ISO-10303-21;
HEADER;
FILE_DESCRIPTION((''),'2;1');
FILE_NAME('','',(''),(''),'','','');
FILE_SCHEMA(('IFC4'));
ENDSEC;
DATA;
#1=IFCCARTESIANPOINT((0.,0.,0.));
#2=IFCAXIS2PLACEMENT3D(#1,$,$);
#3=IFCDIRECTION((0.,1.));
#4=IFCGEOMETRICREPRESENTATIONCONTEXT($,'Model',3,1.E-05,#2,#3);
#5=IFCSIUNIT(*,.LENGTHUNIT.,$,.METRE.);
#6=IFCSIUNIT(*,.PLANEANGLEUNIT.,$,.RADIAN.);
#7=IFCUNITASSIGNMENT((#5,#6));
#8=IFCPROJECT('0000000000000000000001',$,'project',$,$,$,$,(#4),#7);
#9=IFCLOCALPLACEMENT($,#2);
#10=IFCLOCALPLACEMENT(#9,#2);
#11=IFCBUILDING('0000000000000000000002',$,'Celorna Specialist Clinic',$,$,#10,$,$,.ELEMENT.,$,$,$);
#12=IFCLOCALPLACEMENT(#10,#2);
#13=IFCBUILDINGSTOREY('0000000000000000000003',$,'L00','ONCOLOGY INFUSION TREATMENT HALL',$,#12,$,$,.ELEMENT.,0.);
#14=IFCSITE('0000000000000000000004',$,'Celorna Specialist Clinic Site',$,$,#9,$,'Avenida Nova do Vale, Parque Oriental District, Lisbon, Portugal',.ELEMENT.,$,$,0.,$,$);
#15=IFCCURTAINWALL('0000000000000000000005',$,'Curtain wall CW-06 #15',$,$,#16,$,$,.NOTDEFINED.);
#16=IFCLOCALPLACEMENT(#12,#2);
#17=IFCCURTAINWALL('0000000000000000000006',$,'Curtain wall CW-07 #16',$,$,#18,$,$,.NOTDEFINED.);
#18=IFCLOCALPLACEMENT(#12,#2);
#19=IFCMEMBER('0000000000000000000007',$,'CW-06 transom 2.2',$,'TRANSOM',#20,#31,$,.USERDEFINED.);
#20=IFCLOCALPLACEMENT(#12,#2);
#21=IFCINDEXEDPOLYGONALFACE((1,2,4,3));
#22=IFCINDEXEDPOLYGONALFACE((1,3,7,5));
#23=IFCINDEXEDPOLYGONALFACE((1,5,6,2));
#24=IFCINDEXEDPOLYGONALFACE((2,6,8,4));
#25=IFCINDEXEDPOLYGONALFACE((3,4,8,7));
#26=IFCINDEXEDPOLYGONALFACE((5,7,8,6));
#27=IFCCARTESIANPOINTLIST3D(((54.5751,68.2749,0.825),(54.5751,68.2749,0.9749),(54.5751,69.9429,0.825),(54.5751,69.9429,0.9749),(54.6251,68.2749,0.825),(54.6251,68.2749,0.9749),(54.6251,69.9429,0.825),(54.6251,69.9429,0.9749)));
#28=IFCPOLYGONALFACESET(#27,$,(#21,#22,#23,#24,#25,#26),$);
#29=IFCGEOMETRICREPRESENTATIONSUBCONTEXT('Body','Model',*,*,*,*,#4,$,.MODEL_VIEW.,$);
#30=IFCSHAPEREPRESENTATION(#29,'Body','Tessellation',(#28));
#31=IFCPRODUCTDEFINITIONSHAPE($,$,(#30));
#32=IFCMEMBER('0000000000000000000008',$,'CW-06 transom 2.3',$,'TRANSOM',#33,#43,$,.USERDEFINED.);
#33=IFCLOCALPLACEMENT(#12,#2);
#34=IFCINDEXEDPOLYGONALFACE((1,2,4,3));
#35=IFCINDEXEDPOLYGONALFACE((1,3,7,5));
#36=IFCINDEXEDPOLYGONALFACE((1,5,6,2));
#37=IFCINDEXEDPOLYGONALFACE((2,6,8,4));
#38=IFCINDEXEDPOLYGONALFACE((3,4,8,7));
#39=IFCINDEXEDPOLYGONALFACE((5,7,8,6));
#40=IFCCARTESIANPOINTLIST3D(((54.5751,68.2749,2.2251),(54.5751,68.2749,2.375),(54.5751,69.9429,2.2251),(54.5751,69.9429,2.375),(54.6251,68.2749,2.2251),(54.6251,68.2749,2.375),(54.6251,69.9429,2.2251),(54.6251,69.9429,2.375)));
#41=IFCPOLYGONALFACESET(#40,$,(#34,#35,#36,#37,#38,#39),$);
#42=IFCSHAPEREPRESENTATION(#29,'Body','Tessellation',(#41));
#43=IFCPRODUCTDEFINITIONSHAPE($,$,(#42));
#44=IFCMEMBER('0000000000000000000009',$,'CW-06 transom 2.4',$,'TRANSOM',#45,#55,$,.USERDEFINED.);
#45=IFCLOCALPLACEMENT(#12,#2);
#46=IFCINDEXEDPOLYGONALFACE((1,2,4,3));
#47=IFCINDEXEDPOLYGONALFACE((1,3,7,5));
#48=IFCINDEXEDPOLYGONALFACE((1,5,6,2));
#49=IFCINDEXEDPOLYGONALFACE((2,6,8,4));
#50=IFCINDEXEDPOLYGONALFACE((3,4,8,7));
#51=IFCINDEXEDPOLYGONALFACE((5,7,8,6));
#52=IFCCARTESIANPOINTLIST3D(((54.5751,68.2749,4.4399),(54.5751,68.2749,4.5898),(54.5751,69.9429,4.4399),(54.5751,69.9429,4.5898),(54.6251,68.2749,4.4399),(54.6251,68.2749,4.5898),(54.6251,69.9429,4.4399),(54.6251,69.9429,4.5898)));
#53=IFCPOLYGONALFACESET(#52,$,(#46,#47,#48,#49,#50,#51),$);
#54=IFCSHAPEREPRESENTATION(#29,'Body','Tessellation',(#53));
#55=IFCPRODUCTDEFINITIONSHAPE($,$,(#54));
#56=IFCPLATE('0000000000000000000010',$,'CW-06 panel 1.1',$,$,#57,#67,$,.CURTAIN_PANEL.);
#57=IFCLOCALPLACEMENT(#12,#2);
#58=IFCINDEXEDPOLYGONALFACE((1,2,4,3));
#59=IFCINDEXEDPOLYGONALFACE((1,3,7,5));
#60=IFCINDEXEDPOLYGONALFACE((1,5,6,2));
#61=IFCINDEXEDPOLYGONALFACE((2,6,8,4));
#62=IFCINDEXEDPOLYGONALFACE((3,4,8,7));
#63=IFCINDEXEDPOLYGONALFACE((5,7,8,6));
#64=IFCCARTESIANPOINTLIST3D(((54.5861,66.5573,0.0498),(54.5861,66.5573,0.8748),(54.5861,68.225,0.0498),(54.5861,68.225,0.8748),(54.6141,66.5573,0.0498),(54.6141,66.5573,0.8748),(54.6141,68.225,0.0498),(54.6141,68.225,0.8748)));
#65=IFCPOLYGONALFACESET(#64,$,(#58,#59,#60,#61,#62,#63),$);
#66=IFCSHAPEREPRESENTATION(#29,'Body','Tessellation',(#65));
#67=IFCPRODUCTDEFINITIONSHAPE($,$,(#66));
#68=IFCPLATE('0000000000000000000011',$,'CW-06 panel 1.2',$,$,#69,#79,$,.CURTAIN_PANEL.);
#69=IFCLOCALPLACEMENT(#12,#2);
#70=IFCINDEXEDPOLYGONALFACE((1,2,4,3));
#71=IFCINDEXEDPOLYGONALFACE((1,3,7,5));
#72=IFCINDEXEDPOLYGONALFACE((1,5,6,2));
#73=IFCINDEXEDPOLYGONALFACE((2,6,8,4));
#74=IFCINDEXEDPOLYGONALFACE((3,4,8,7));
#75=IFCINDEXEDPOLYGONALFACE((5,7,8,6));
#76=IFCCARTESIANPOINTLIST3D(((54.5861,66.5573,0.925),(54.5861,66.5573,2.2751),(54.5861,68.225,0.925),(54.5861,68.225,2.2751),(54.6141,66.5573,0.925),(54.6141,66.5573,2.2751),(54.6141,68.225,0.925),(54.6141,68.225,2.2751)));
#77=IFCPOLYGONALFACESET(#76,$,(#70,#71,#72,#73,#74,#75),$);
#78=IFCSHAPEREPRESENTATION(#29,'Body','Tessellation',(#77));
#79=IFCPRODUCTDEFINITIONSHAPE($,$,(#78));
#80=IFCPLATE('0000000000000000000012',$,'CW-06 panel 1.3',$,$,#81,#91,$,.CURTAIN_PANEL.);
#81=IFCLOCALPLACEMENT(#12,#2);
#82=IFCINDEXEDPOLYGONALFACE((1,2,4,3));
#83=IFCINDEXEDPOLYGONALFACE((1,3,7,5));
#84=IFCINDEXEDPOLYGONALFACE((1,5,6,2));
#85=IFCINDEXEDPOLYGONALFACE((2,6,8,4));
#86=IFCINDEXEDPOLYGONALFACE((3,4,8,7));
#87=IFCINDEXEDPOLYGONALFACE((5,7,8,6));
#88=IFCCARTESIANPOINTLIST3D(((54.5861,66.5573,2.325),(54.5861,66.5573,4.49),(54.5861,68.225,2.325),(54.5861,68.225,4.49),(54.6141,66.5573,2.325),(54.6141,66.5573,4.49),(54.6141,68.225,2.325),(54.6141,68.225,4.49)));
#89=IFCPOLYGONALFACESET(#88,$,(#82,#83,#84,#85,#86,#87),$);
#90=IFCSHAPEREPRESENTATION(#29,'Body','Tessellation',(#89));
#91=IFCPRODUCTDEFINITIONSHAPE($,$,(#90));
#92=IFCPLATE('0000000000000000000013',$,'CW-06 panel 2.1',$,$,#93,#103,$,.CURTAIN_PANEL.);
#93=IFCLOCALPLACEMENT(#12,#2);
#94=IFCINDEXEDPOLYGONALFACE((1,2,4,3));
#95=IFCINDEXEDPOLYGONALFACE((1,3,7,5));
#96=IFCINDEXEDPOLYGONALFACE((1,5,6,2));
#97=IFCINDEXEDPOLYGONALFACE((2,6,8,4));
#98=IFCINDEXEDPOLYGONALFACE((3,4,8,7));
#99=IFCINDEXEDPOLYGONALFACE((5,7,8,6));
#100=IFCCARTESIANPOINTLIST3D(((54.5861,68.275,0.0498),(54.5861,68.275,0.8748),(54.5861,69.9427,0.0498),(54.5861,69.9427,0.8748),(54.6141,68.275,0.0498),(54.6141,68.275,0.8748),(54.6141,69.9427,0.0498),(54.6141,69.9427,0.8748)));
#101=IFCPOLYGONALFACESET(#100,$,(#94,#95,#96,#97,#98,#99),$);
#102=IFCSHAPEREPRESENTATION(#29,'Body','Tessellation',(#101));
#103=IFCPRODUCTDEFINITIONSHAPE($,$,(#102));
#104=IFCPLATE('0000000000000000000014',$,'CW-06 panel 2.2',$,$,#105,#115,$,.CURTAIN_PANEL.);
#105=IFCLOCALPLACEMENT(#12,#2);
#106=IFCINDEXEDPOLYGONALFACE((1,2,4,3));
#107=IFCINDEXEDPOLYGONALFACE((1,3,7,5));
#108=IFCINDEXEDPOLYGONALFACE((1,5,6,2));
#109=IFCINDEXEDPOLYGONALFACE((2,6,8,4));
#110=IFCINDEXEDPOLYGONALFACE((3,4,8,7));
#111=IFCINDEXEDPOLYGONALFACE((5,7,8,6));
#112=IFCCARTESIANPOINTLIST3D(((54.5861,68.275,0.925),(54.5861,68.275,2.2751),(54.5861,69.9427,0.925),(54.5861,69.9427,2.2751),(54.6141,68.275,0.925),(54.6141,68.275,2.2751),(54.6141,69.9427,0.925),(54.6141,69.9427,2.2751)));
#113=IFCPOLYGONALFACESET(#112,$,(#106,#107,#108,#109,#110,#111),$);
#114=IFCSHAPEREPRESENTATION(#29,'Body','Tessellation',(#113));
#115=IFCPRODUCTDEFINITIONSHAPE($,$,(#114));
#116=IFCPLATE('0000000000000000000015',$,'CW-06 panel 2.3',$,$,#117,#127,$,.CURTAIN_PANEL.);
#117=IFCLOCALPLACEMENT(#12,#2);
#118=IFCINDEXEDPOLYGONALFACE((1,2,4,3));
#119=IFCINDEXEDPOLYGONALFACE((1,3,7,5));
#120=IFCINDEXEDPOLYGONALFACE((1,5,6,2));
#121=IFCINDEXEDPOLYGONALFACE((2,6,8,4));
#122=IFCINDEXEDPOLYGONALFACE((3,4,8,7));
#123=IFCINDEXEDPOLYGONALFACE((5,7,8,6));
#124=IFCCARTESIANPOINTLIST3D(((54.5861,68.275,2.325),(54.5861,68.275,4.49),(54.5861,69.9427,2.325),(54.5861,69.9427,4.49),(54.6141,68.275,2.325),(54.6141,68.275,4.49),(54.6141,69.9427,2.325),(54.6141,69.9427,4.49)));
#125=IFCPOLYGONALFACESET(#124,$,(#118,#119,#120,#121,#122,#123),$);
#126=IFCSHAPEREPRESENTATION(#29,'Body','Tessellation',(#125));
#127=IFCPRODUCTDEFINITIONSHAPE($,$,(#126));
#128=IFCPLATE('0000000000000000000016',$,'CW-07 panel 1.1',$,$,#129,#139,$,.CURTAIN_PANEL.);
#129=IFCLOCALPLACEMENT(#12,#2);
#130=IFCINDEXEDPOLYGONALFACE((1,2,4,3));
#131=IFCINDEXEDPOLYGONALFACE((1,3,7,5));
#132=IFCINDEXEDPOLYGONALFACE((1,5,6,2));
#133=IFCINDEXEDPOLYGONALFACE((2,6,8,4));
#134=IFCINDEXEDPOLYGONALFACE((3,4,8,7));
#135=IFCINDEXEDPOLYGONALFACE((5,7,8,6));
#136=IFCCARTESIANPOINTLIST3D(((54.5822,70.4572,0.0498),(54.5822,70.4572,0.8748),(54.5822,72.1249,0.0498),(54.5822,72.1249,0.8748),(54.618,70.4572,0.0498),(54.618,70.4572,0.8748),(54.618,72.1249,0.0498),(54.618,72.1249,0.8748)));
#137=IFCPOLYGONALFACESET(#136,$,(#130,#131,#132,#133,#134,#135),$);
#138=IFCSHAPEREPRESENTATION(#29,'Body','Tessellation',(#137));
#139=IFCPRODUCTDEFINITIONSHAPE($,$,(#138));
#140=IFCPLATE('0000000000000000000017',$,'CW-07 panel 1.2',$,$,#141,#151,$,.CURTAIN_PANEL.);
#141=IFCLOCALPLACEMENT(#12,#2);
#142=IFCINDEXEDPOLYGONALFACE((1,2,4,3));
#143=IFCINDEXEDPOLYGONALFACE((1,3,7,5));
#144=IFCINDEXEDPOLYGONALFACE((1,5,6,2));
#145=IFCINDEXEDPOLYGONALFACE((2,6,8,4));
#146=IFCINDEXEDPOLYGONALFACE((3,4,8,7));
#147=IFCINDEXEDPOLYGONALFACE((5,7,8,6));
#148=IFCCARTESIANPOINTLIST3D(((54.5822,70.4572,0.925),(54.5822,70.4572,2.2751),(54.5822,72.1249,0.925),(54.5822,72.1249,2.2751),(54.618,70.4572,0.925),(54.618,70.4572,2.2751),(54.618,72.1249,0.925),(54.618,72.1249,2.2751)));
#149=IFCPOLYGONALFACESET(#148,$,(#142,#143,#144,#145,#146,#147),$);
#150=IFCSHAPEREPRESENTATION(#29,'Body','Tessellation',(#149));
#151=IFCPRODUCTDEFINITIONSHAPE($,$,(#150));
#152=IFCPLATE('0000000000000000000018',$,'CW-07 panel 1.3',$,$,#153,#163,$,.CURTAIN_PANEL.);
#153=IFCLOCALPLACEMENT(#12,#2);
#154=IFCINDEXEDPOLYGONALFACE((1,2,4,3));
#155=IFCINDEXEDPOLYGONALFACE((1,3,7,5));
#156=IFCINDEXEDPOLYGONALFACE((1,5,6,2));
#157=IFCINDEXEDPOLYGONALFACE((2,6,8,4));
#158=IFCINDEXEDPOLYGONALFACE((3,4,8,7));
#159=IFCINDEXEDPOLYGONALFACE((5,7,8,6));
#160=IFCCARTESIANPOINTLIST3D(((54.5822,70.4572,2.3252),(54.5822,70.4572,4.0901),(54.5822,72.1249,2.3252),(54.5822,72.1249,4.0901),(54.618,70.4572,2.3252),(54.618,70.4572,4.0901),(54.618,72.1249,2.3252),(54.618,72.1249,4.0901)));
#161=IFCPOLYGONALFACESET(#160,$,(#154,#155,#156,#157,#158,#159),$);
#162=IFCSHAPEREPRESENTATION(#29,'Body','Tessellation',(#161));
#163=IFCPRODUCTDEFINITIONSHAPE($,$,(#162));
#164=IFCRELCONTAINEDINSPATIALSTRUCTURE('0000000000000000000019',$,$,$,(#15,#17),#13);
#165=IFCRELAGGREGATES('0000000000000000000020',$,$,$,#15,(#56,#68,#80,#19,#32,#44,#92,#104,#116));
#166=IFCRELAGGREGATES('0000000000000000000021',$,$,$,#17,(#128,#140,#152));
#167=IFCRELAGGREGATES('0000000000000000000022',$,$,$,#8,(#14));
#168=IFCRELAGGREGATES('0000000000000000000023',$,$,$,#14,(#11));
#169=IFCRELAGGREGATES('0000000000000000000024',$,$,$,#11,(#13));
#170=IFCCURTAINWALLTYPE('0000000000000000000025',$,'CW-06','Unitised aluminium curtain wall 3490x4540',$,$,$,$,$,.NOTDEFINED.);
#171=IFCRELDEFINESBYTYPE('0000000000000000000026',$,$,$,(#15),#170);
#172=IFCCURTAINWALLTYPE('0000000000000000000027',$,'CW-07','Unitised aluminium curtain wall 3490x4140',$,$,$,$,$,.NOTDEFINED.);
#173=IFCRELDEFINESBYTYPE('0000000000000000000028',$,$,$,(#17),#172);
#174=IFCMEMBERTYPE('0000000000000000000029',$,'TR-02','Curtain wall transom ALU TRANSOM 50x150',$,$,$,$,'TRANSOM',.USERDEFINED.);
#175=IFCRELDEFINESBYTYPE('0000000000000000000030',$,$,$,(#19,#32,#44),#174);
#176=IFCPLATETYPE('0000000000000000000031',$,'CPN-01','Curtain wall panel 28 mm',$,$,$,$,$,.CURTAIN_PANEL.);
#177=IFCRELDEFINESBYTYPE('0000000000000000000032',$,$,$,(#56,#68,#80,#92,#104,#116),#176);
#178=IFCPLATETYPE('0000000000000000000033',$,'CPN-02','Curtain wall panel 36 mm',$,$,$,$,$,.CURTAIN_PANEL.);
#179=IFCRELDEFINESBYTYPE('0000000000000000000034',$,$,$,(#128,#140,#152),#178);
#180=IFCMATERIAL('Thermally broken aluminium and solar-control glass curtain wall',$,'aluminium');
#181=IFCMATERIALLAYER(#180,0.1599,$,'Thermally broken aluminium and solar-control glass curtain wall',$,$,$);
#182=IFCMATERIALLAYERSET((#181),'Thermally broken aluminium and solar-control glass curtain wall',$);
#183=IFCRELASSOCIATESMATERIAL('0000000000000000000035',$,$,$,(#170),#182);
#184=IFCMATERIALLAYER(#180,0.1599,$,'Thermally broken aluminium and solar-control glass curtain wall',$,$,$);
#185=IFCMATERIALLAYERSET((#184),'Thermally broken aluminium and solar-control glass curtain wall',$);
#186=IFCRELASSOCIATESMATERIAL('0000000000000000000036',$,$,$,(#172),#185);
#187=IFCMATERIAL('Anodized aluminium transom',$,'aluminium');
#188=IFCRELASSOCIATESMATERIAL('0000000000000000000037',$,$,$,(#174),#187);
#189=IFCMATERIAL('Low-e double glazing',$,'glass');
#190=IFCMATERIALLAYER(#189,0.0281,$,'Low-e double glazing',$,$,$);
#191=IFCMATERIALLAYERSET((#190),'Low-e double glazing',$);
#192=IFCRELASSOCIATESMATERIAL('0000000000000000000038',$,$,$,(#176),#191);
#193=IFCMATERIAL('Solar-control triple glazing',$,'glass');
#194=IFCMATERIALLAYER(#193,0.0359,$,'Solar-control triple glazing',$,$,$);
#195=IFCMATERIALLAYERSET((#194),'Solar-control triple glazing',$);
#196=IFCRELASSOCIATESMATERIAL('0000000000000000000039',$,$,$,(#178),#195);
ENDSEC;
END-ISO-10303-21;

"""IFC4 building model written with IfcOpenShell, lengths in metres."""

from ifc_helpers import new_model, si_unit, direction, frame, origin, origin_2d, place, context, subcontext, project, spatial, rectangle, extrude, material, layer, layer_set, material_profile, profile_set, type_object, element, aggregate, save


model = new_model("IFC4")

# Units and contexts
model_context = context("Model", 3, precision=1e-05, world=origin(), true_north=direction((0.0, 1.0)))
body_context = subcontext(model_context, "Body", "Model", "MODEL_VIEW")
ifc_project = project(units=[si_unit("LENGTHUNIT", "METRE"), si_unit("PLANEANGLEUNIT", "RADIAN")], contexts=[model_context])

# Site, building, storey
site_placement = place(None, origin())
site = spatial("IfcSite", under=ifc_project, at=site_placement, Name="Celorna Specialist Clinic Site", LongName="Avenida Nova do Vale, Parque Oriental District, Lisbon, Portugal", CompositionType="ELEMENT", RefElevation=0.0)
building_placement = place(site_placement, origin())
building = spatial("IfcBuilding", under=site, at=building_placement, Name="Celorna Specialist Clinic", CompositionType="ELEMENT")
storey_placement = place(building_placement, origin())
storey = spatial("IfcBuildingStorey", under=building, at=storey_placement, Name="L00", Description="ONCOLOGY INFUSION TREATMENT HALL", CompositionType="ELEMENT", Elevation=0.0)

# Curtain walls
ifc_material_1 = material(Name="Thermally broken aluminium and solar-control glass curtain wall", Category="aluminium")
ifc_layer_1 = layer(ifc_material_1, 0.1599, Name="Thermally broken aluminium and solar-control glass curtain wall")
ifc_layer_set_1 = layer_set([ifc_layer_1], Name="Thermally broken aluminium and solar-control glass curtain wall")
curtain_wall_type_1 = type_object("IfcCurtainWallType", Name="CW-06", Description="Unitised aluminium curtain wall 3490x4540", PredefinedType="NOTDEFINED", material=ifc_layer_set_1)
curtain_wall_1_placement = place(storey_placement, origin())
curtain_wall_1 = element("IfcCurtainWall", 1, at=curtain_wall_1_placement, inside=storey, type_object=curtain_wall_type_1, Name="Curtain wall CW-06 #15", PredefinedType="NOTDEFINED")
ifc_layer_2 = layer(ifc_material_1, 0.1599, Name="Thermally broken aluminium and solar-control glass curtain wall")
ifc_layer_set_2 = layer_set([ifc_layer_2], Name="Thermally broken aluminium and solar-control glass curtain wall")
curtain_wall_type_2 = type_object("IfcCurtainWallType", Name="CW-07", Description="Unitised aluminium curtain wall 3490x4140", PredefinedType="NOTDEFINED", material=ifc_layer_set_2)
curtain_wall_2_placement = place(storey_placement, origin())
curtain_wall_2 = element("IfcCurtainWall", 2, at=curtain_wall_2_placement, inside=storey, type_object=curtain_wall_type_2, Name="Curtain wall CW-07 #16", PredefinedType="NOTDEFINED")
ifc_material_2 = material(Name="Anodized aluminium transom", Category="aluminium")

# Members
ifc_material_profile_1 = material_profile(ifc_material_2, rectangle(XDim=0.05, YDim=0.1499, at=origin_2d()), Name="ALU TRANSOM 50x150")
ifc_profile_set_1 = profile_set([ifc_material_profile_1], Name="Anodized aluminium transom")
member_type_1 = type_object("IfcMemberType", Name="TR-02", Description="Curtain wall transom ALU TRANSOM 50x150", ElementType="TRANSOM", PredefinedType="USERDEFINED", material=ifc_profile_set_1)
member_1_placement = place(storey_placement, frame((54.6001, 68.2749, 0.8999), z_axis=(0.0, 1.0, 0.0), x_axis=(-1.0, 0.0, 0.0)))
member_1 = element("IfcMember", 3, at=member_1_placement, type_object=member_type_1, Name="CW-06 transom 2.2", ObjectType="TRANSOM", PredefinedType="USERDEFINED", context=body_context, shape_type="SweptSolid", body=[
    extrude(rectangle(XDim=0.05, YDim=0.1499, at=origin_2d()), origin(), (0.0, 0.0, 1.0), 1.668),
])
member_2_placement = place(storey_placement, frame((54.6001, 68.2749, 2.3), z_axis=(0.0, 1.0, 0.0), x_axis=(-1.0, 0.0, 0.0)))
member_2 = element("IfcMember", 4, at=member_2_placement, type_object=member_type_1, Name="CW-06 transom 2.3", ObjectType="TRANSOM", PredefinedType="USERDEFINED", context=body_context, shape_type="SweptSolid", body=[
    extrude(rectangle(XDim=0.05, YDim=0.1499, at=origin_2d()), origin(), (0.0, 0.0, 1.0), 1.668),
])
member_3_placement = place(storey_placement, frame((54.6001, 68.2749, 4.5149), z_axis=(0.0, 1.0, 0.0), x_axis=(-1.0, 0.0, 0.0)))
member_3 = element("IfcMember", 5, at=member_3_placement, type_object=member_type_1, Name="CW-06 transom 2.4", ObjectType="TRANSOM", PredefinedType="USERDEFINED", context=body_context, shape_type="SweptSolid", body=[
    extrude(rectangle(XDim=0.05, YDim=0.1499, at=origin_2d()), origin(), (0.0, 0.0, 1.0), 1.668),
])

# Plates
ifc_material_3 = material(Name="Low-e double glazing", Category="glass")
ifc_layer_3 = layer(ifc_material_3, 0.0281, Name="Low-e double glazing")
ifc_layer_set_3 = layer_set([ifc_layer_3], Name="Low-e double glazing")
plate_type_1 = type_object("IfcPlateType", Name="CPN-01", Description="Curtain wall panel 28 mm", PredefinedType="CURTAIN_PANEL", material=ifc_layer_set_3)
plate_1_placement = place(storey_placement, frame((54.6001, 67.3911, 0.0498), z_axis=(0.0, 0.0, 1.0), x_axis=(0.0, 1.0, 0.0)))
plate_1 = element("IfcPlate", 6, at=plate_1_placement, type_object=plate_type_1, Name="CW-06 panel 1.1", PredefinedType="CURTAIN_PANEL", context=body_context, shape_type="SweptSolid", body=[
    extrude(rectangle(XDim=1.6677, YDim=0.0281, at=origin_2d()), origin(), (0.0, 0.0, 1.0), 0.825),
])
plate_2_placement = place(storey_placement, frame((54.6001, 67.3911, 0.925), z_axis=(0.0, 0.0, 1.0), x_axis=(0.0, 1.0, 0.0)))
plate_2 = element("IfcPlate", 7, at=plate_2_placement, type_object=plate_type_1, Name="CW-06 panel 1.2", PredefinedType="CURTAIN_PANEL", context=body_context, shape_type="SweptSolid", body=[
    extrude(rectangle(XDim=1.6677, YDim=0.0281, at=origin_2d()), origin(), (0.0, 0.0, 1.0), 1.3501),
])
plate_3_placement = place(storey_placement, frame((54.6001, 67.3911, 2.325), z_axis=(0.0, 0.0, 1.0), x_axis=(0.0, 1.0, 0.0)))
plate_3 = element("IfcPlate", 8, at=plate_3_placement, type_object=plate_type_1, Name="CW-06 panel 1.3", PredefinedType="CURTAIN_PANEL", context=body_context, shape_type="SweptSolid", body=[
    extrude(rectangle(XDim=1.6677, YDim=0.0281, at=origin_2d()), origin(), (0.0, 0.0, 1.0), 2.165),
])
plate_4_placement = place(storey_placement, frame((54.6001, 69.1089, 0.0498), z_axis=(0.0, 0.0, 1.0), x_axis=(0.0, 1.0, 0.0)))
plate_4 = element("IfcPlate", 9, at=plate_4_placement, type_object=plate_type_1, Name="CW-06 panel 2.1", PredefinedType="CURTAIN_PANEL", context=body_context, shape_type="SweptSolid", body=[
    extrude(rectangle(XDim=1.6677, YDim=0.0281, at=origin_2d()), origin(), (0.0, 0.0, 1.0), 0.825),
])
plate_5_placement = place(storey_placement, frame((54.6001, 69.1089, 0.925), z_axis=(0.0, 0.0, 1.0), x_axis=(0.0, 1.0, 0.0)))
plate_5 = element("IfcPlate", 10, at=plate_5_placement, type_object=plate_type_1, Name="CW-06 panel 2.2", PredefinedType="CURTAIN_PANEL", context=body_context, shape_type="SweptSolid", body=[
    extrude(rectangle(XDim=1.6677, YDim=0.0281, at=origin_2d()), origin(), (0.0, 0.0, 1.0), 1.3501),
])
plate_6_placement = place(storey_placement, frame((54.6001, 69.1089, 2.325), z_axis=(0.0, 0.0, 1.0), x_axis=(0.0, 1.0, 0.0)))
plate_6 = element("IfcPlate", 11, at=plate_6_placement, type_object=plate_type_1, Name="CW-06 panel 2.3", PredefinedType="CURTAIN_PANEL", context=body_context, shape_type="SweptSolid", body=[
    extrude(rectangle(XDim=1.6677, YDim=0.0281, at=origin_2d()), origin(), (0.0, 0.0, 1.0), 2.165),
])
aggregate(curtain_wall_1, [plate_1, plate_2, plate_3, member_1, member_2, member_3, plate_4, plate_5, plate_6])
ifc_material_4 = material(Name="Solar-control triple glazing", Category="glass")
ifc_layer_4 = layer(ifc_material_4, 0.0359, Name="Solar-control triple glazing")
ifc_layer_set_4 = layer_set([ifc_layer_4], Name="Solar-control triple glazing")
plate_type_2 = type_object("IfcPlateType", Name="CPN-02", Description="Curtain wall panel 36 mm", PredefinedType="CURTAIN_PANEL", material=ifc_layer_set_4)
plate_7_placement = place(storey_placement, frame((54.6001, 71.291, 0.0498), z_axis=(0.0, 0.0, 1.0), x_axis=(0.0, 1.0, 0.0)))
plate_7 = element("IfcPlate", 12, at=plate_7_placement, type_object=plate_type_2, Name="CW-07 panel 1.1", PredefinedType="CURTAIN_PANEL", context=body_context, shape_type="SweptSolid", body=[
    extrude(rectangle(XDim=1.6677, YDim=0.0359, at=origin_2d()), origin(), (0.0, 0.0, 1.0), 0.825),
])
plate_8_placement = place(storey_placement, frame((54.6001, 71.291, 0.925), z_axis=(0.0, 0.0, 1.0), x_axis=(0.0, 1.0, 0.0)))
plate_8 = element("IfcPlate", 13, at=plate_8_placement, type_object=plate_type_2, Name="CW-07 panel 1.2", PredefinedType="CURTAIN_PANEL", context=body_context, shape_type="SweptSolid", body=[
    extrude(rectangle(XDim=1.6677, YDim=0.0359, at=origin_2d()), origin(), (0.0, 0.0, 1.0), 1.3501),
])
plate_9_placement = place(storey_placement, frame((54.6001, 71.291, 2.3252), z_axis=(0.0, 0.0, 1.0), x_axis=(0.0, 1.0, 0.0)))
plate_9 = element("IfcPlate", 14, at=plate_9_placement, type_object=plate_type_2, Name="CW-07 panel 1.3", PredefinedType="CURTAIN_PANEL", context=body_context, shape_type="SweptSolid", body=[
    extrude(rectangle(XDim=1.6677, YDim=0.0359, at=origin_2d()), origin(), (0.0, 0.0, 1.0), 1.7649),
])
aggregate(curtain_wall_2, [plate_7, plate_8, plate_9])

save(model, "model.ifc")
